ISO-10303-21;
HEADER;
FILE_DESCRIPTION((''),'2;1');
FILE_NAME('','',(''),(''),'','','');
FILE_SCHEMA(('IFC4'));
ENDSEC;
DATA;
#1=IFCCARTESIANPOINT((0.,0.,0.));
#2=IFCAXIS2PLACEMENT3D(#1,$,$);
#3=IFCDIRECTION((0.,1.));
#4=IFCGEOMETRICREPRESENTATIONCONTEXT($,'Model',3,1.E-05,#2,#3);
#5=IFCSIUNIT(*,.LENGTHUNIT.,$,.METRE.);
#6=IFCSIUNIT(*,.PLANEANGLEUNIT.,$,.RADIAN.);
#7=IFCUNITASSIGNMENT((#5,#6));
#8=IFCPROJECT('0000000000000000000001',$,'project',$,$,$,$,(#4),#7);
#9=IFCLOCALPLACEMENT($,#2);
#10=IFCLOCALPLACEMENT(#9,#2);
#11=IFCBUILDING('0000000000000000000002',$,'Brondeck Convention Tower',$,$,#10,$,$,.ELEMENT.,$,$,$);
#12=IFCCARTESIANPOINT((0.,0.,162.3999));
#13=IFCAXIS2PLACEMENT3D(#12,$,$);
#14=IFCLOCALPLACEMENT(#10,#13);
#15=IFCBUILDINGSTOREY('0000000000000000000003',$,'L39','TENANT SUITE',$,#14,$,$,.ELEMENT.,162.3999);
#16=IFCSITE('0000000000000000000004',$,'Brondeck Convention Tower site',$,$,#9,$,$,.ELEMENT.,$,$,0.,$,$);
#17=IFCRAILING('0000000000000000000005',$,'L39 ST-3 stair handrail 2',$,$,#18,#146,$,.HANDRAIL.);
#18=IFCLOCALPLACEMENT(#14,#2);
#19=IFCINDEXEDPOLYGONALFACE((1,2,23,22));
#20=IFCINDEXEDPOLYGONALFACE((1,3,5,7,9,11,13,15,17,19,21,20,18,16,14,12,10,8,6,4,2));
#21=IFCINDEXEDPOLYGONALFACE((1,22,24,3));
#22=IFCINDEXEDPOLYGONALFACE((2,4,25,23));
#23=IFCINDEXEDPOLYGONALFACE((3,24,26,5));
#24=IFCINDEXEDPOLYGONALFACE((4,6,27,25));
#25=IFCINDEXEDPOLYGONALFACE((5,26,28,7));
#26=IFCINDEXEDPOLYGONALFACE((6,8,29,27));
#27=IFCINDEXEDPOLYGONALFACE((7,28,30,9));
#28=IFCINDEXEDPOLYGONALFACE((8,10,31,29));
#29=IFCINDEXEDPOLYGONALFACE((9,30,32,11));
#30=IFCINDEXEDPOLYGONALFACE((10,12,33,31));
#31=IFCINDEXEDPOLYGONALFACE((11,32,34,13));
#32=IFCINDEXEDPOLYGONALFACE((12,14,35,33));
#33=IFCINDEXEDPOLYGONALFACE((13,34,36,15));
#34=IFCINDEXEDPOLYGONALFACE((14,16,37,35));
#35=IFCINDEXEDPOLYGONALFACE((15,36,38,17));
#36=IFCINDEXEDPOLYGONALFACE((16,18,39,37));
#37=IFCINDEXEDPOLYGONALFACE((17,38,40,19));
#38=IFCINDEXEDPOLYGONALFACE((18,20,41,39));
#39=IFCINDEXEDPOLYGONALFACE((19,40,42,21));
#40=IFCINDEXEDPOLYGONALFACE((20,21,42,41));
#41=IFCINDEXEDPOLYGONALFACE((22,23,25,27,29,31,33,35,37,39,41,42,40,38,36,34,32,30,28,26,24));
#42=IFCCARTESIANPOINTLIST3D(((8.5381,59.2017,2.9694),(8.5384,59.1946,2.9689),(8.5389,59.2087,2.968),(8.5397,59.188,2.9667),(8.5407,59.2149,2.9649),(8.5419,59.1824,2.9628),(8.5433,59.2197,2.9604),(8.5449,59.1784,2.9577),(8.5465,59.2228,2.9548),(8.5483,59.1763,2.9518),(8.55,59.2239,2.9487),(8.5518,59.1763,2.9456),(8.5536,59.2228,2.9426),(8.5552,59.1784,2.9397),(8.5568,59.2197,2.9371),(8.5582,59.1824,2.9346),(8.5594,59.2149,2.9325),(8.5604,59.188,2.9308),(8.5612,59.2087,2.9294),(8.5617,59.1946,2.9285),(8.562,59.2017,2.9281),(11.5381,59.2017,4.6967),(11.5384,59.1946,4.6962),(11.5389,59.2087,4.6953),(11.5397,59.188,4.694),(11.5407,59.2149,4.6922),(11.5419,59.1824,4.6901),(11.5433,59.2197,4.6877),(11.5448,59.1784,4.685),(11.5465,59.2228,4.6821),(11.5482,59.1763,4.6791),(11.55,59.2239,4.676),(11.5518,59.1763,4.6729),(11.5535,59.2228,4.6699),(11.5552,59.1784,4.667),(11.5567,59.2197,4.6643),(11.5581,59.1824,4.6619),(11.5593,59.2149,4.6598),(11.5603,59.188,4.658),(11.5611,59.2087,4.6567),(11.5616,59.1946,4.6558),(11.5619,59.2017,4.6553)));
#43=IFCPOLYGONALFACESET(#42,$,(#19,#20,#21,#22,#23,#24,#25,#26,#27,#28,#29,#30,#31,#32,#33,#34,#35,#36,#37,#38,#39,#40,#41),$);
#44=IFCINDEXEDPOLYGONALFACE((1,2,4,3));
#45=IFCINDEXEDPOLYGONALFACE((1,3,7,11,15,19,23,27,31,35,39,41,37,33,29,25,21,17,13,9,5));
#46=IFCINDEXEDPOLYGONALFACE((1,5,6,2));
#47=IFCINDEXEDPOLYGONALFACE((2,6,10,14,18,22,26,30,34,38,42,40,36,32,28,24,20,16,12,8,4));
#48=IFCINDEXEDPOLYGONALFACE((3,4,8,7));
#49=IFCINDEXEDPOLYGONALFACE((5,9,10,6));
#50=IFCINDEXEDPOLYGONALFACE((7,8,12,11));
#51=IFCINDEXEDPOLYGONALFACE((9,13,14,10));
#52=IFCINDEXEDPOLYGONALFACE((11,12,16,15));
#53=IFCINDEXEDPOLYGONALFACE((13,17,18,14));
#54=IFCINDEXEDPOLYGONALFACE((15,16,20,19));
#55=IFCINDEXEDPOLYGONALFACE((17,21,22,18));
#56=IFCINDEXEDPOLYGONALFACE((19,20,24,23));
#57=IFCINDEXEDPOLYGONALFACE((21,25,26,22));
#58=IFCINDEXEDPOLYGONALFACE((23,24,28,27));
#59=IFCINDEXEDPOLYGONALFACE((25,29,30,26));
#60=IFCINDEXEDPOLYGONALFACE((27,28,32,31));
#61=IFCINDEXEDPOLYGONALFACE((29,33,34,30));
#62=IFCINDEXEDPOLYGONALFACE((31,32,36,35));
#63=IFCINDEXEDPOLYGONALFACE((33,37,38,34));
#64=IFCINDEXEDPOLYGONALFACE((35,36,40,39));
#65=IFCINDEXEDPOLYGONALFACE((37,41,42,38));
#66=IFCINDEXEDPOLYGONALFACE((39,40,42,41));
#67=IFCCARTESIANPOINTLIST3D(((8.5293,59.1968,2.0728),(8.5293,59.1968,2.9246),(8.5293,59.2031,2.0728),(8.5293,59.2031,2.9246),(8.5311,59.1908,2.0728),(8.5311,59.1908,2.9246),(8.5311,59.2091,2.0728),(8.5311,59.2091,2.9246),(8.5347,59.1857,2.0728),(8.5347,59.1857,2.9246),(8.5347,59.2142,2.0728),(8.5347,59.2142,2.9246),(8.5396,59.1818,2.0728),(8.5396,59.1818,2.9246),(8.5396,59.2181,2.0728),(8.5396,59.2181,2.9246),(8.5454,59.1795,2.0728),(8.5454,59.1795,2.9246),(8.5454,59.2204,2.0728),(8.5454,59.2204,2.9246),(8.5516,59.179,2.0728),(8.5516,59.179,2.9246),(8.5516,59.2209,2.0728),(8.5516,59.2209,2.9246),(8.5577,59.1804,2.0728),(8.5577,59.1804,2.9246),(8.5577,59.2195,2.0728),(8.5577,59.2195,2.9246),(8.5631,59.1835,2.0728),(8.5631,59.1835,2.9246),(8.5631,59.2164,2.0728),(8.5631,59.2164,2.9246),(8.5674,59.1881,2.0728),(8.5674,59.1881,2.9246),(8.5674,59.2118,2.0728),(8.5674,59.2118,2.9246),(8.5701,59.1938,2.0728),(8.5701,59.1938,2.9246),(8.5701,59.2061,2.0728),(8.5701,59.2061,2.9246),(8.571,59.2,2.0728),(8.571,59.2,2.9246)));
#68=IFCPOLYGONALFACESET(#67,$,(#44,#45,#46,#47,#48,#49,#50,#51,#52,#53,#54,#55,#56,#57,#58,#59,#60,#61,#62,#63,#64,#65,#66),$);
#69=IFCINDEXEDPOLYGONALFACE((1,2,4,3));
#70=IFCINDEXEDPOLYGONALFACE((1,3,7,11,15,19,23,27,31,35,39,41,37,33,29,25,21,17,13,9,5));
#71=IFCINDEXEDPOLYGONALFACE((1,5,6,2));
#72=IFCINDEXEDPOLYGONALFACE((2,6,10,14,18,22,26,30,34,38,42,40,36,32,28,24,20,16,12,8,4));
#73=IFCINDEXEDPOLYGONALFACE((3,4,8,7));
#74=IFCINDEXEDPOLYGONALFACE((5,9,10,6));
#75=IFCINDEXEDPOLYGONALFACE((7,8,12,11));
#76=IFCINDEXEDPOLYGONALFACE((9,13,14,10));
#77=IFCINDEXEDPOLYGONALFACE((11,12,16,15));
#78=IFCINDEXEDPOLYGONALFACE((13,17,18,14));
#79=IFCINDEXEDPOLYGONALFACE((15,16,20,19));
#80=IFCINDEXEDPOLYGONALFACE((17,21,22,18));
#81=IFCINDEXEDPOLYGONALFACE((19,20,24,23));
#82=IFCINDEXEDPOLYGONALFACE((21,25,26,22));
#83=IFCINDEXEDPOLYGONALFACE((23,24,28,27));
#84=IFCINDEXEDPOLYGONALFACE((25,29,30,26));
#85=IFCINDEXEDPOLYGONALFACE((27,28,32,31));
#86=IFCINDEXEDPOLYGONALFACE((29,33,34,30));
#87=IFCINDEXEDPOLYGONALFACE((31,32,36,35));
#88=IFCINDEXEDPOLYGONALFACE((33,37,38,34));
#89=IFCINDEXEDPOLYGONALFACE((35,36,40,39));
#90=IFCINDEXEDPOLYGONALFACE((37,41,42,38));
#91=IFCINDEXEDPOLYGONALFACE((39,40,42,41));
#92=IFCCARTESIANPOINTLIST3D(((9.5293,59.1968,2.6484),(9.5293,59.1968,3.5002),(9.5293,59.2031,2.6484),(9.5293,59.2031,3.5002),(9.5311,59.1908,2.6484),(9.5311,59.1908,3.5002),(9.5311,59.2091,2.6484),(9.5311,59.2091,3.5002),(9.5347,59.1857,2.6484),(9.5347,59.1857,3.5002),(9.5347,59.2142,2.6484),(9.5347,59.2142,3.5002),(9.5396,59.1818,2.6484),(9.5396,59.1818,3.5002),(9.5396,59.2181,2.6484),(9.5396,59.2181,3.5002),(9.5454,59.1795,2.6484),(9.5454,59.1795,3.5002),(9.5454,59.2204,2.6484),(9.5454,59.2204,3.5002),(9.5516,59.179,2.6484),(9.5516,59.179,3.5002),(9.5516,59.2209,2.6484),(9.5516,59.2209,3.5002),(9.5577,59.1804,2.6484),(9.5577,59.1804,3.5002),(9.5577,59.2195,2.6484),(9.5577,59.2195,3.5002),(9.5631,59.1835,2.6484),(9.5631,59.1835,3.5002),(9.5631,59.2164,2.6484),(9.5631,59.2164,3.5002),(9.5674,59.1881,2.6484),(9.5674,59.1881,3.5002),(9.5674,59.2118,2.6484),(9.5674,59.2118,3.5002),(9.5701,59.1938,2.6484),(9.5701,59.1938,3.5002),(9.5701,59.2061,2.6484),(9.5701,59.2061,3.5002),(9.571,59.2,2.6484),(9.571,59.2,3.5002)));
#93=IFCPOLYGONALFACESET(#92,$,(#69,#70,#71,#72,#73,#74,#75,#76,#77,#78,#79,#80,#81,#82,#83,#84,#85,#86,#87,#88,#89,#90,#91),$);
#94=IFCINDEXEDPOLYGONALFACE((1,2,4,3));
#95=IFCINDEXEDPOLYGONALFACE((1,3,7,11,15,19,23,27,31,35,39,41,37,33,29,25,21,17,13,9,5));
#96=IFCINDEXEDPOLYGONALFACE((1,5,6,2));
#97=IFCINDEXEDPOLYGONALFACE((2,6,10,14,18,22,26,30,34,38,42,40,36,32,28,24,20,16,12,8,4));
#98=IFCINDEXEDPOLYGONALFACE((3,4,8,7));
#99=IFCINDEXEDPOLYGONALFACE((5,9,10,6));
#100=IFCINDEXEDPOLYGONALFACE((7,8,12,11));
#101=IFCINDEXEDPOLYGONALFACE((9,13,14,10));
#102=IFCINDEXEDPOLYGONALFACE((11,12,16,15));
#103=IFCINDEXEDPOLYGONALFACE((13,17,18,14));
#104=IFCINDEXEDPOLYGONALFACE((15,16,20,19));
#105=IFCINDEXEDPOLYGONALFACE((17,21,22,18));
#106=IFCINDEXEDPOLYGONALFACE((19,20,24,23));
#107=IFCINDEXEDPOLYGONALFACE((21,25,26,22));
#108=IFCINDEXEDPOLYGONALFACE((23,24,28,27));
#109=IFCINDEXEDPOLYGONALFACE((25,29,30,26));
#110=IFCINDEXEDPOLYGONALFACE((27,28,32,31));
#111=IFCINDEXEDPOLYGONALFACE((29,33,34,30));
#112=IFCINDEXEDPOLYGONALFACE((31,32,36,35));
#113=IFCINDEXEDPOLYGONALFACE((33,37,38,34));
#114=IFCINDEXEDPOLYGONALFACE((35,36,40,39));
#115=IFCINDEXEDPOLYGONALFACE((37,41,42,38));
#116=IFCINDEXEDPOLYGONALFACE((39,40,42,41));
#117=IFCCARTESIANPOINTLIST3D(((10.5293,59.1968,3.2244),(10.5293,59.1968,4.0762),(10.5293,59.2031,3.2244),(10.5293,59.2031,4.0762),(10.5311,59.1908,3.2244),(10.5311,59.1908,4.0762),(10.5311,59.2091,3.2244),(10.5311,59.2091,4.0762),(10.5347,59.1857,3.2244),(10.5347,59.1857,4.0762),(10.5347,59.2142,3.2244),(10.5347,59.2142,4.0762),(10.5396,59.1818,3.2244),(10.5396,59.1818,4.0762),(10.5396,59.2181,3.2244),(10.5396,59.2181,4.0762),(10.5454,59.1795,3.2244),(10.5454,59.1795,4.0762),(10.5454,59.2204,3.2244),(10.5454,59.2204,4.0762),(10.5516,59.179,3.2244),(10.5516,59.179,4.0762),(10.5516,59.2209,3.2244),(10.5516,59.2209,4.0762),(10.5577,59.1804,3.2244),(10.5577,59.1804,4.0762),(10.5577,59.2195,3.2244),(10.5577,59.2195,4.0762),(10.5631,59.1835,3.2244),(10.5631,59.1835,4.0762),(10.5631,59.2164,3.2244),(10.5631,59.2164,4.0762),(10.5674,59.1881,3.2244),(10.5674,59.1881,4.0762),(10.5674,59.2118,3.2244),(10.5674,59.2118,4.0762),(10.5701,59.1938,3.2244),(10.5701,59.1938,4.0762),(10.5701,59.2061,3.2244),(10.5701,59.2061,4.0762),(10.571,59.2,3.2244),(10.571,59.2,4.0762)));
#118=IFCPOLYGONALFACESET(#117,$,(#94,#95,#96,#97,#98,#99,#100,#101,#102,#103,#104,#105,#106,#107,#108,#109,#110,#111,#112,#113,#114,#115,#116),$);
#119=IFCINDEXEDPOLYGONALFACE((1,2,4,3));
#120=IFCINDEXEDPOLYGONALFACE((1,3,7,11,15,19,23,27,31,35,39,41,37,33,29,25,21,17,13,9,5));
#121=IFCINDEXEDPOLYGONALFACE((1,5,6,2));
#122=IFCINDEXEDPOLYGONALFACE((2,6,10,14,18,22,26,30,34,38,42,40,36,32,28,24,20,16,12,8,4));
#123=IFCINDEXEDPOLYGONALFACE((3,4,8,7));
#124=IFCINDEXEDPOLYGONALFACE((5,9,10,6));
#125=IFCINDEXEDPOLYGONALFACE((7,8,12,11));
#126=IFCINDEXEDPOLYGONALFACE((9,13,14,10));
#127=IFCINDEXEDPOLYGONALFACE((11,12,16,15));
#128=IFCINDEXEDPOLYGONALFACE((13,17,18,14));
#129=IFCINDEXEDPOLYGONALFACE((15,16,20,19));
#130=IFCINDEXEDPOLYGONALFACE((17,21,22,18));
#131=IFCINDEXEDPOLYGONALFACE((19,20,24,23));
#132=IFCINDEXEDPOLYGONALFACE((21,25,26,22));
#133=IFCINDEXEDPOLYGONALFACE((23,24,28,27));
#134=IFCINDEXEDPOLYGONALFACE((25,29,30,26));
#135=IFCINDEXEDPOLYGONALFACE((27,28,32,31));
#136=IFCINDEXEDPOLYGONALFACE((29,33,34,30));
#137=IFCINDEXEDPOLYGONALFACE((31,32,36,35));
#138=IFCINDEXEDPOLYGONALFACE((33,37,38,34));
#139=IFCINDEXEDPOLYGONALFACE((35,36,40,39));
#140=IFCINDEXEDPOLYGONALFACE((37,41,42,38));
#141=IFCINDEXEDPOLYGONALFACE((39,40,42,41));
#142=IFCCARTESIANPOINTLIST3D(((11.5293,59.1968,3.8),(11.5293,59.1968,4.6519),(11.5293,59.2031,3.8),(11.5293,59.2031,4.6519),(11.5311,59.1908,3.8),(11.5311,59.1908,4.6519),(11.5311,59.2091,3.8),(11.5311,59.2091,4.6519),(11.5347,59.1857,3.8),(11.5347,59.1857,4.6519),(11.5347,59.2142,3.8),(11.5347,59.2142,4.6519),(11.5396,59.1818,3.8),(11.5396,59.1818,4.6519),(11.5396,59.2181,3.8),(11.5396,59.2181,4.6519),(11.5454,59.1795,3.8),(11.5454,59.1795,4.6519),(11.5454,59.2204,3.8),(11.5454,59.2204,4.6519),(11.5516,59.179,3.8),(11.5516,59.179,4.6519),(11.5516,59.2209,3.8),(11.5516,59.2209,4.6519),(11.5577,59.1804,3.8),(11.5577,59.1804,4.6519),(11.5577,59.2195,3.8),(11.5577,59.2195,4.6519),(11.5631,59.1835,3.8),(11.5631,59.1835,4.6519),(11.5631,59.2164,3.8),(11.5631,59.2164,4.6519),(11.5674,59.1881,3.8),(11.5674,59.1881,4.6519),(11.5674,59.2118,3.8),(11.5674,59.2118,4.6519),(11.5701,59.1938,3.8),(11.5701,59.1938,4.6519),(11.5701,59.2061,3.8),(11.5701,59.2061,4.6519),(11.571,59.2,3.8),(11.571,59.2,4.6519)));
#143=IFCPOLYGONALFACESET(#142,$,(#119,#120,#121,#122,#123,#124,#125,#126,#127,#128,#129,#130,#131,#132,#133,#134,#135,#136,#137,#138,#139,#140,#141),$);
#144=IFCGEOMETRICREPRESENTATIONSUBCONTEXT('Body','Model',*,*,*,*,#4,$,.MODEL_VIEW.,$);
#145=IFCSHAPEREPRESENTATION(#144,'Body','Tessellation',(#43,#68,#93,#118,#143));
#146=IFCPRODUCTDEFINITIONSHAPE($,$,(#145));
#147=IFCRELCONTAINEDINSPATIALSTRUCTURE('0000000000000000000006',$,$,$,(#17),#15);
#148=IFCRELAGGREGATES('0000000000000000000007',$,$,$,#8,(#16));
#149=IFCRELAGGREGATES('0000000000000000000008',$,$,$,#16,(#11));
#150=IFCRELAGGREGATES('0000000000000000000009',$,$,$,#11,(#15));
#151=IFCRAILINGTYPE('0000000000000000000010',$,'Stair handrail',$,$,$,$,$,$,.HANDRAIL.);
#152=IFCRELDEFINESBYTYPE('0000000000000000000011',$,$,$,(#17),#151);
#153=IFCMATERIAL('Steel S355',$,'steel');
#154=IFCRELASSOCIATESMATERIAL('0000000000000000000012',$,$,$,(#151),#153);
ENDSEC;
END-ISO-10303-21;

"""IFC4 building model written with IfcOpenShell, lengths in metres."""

from ifc_helpers import new_model, si_unit, direction, frame, origin, origin_2d, place, context, subcontext, project, spatial, circle, extrude, material, type_object, element, save


model = new_model("IFC4")

# Units and contexts
model_context = context("Model", 3, precision=1e-05, world=origin(), true_north=direction((0.0, 1.0)))
body_context = subcontext(model_context, "Body", "Model", "MODEL_VIEW")
ifc_project = project(units=[si_unit("LENGTHUNIT", "METRE"), si_unit("PLANEANGLEUNIT", "RADIAN")], contexts=[model_context])

# Site, building, storey
site_placement = place(None, origin())
site = spatial("IfcSite", under=ifc_project, at=site_placement, Name="Brondeck Convention Tower site", CompositionType="ELEMENT", RefElevation=0.0)
building_placement = place(site_placement, origin())
building = spatial("IfcBuilding", under=site, at=building_placement, Name="Brondeck Convention Tower", CompositionType="ELEMENT")
storey_placement = place(building_placement, frame((0.0, 0.0, 162.3999)))
storey = spatial("IfcBuildingStorey", under=building, at=storey_placement, Name="L39", Description="TENANT SUITE", CompositionType="ELEMENT", Elevation=162.3999)

# Railing
ifc_material_1 = material(Name="Steel S355", Category="steel")
railing_type_1 = type_object("IfcRailingType", Name="Stair handrail", PredefinedType="HANDRAIL", material=ifc_material_1)
railing_1_placement = place(storey_placement, frame((8.55, 59.2, 2.0728)))
element("IfcRailing", 1, at=railing_1_placement, inside=storey, type_object=railing_type_1, Name="L39 ST-3 stair handrail 2", PredefinedType="HANDRAIL", context=body_context, shape_type="SweptSolid", body=[
    extrude(circle(Radius=0.0239, at=origin_2d()), frame((0.0, 0.0, 0.876), z_axis=(0.86662, 0.0, 0.498969), x_axis=(0.0, 1.0, 0.0)), (0.0, 0.0, 1.0), 3.4617),
    extrude(circle(Radius=0.021, at=origin_2d()), origin(), (0.0, 0.0, 1.0), 0.8518),
    extrude(circle(Radius=0.021, at=origin_2d()), frame((1.0, 0.0, 0.5757)), (0.0, 0.0, 1.0), 0.8518),
    extrude(circle(Radius=0.021, at=origin_2d()), frame((2.0, 0.0, 1.1516)), (0.0, 0.0, 1.0), 0.8518),
    extrude(circle(Radius=0.021, at=origin_2d()), frame((3.0, 0.0, 1.7273)), (0.0, 0.0, 1.0), 0.8518),
])

save(model, "model.ifc")
